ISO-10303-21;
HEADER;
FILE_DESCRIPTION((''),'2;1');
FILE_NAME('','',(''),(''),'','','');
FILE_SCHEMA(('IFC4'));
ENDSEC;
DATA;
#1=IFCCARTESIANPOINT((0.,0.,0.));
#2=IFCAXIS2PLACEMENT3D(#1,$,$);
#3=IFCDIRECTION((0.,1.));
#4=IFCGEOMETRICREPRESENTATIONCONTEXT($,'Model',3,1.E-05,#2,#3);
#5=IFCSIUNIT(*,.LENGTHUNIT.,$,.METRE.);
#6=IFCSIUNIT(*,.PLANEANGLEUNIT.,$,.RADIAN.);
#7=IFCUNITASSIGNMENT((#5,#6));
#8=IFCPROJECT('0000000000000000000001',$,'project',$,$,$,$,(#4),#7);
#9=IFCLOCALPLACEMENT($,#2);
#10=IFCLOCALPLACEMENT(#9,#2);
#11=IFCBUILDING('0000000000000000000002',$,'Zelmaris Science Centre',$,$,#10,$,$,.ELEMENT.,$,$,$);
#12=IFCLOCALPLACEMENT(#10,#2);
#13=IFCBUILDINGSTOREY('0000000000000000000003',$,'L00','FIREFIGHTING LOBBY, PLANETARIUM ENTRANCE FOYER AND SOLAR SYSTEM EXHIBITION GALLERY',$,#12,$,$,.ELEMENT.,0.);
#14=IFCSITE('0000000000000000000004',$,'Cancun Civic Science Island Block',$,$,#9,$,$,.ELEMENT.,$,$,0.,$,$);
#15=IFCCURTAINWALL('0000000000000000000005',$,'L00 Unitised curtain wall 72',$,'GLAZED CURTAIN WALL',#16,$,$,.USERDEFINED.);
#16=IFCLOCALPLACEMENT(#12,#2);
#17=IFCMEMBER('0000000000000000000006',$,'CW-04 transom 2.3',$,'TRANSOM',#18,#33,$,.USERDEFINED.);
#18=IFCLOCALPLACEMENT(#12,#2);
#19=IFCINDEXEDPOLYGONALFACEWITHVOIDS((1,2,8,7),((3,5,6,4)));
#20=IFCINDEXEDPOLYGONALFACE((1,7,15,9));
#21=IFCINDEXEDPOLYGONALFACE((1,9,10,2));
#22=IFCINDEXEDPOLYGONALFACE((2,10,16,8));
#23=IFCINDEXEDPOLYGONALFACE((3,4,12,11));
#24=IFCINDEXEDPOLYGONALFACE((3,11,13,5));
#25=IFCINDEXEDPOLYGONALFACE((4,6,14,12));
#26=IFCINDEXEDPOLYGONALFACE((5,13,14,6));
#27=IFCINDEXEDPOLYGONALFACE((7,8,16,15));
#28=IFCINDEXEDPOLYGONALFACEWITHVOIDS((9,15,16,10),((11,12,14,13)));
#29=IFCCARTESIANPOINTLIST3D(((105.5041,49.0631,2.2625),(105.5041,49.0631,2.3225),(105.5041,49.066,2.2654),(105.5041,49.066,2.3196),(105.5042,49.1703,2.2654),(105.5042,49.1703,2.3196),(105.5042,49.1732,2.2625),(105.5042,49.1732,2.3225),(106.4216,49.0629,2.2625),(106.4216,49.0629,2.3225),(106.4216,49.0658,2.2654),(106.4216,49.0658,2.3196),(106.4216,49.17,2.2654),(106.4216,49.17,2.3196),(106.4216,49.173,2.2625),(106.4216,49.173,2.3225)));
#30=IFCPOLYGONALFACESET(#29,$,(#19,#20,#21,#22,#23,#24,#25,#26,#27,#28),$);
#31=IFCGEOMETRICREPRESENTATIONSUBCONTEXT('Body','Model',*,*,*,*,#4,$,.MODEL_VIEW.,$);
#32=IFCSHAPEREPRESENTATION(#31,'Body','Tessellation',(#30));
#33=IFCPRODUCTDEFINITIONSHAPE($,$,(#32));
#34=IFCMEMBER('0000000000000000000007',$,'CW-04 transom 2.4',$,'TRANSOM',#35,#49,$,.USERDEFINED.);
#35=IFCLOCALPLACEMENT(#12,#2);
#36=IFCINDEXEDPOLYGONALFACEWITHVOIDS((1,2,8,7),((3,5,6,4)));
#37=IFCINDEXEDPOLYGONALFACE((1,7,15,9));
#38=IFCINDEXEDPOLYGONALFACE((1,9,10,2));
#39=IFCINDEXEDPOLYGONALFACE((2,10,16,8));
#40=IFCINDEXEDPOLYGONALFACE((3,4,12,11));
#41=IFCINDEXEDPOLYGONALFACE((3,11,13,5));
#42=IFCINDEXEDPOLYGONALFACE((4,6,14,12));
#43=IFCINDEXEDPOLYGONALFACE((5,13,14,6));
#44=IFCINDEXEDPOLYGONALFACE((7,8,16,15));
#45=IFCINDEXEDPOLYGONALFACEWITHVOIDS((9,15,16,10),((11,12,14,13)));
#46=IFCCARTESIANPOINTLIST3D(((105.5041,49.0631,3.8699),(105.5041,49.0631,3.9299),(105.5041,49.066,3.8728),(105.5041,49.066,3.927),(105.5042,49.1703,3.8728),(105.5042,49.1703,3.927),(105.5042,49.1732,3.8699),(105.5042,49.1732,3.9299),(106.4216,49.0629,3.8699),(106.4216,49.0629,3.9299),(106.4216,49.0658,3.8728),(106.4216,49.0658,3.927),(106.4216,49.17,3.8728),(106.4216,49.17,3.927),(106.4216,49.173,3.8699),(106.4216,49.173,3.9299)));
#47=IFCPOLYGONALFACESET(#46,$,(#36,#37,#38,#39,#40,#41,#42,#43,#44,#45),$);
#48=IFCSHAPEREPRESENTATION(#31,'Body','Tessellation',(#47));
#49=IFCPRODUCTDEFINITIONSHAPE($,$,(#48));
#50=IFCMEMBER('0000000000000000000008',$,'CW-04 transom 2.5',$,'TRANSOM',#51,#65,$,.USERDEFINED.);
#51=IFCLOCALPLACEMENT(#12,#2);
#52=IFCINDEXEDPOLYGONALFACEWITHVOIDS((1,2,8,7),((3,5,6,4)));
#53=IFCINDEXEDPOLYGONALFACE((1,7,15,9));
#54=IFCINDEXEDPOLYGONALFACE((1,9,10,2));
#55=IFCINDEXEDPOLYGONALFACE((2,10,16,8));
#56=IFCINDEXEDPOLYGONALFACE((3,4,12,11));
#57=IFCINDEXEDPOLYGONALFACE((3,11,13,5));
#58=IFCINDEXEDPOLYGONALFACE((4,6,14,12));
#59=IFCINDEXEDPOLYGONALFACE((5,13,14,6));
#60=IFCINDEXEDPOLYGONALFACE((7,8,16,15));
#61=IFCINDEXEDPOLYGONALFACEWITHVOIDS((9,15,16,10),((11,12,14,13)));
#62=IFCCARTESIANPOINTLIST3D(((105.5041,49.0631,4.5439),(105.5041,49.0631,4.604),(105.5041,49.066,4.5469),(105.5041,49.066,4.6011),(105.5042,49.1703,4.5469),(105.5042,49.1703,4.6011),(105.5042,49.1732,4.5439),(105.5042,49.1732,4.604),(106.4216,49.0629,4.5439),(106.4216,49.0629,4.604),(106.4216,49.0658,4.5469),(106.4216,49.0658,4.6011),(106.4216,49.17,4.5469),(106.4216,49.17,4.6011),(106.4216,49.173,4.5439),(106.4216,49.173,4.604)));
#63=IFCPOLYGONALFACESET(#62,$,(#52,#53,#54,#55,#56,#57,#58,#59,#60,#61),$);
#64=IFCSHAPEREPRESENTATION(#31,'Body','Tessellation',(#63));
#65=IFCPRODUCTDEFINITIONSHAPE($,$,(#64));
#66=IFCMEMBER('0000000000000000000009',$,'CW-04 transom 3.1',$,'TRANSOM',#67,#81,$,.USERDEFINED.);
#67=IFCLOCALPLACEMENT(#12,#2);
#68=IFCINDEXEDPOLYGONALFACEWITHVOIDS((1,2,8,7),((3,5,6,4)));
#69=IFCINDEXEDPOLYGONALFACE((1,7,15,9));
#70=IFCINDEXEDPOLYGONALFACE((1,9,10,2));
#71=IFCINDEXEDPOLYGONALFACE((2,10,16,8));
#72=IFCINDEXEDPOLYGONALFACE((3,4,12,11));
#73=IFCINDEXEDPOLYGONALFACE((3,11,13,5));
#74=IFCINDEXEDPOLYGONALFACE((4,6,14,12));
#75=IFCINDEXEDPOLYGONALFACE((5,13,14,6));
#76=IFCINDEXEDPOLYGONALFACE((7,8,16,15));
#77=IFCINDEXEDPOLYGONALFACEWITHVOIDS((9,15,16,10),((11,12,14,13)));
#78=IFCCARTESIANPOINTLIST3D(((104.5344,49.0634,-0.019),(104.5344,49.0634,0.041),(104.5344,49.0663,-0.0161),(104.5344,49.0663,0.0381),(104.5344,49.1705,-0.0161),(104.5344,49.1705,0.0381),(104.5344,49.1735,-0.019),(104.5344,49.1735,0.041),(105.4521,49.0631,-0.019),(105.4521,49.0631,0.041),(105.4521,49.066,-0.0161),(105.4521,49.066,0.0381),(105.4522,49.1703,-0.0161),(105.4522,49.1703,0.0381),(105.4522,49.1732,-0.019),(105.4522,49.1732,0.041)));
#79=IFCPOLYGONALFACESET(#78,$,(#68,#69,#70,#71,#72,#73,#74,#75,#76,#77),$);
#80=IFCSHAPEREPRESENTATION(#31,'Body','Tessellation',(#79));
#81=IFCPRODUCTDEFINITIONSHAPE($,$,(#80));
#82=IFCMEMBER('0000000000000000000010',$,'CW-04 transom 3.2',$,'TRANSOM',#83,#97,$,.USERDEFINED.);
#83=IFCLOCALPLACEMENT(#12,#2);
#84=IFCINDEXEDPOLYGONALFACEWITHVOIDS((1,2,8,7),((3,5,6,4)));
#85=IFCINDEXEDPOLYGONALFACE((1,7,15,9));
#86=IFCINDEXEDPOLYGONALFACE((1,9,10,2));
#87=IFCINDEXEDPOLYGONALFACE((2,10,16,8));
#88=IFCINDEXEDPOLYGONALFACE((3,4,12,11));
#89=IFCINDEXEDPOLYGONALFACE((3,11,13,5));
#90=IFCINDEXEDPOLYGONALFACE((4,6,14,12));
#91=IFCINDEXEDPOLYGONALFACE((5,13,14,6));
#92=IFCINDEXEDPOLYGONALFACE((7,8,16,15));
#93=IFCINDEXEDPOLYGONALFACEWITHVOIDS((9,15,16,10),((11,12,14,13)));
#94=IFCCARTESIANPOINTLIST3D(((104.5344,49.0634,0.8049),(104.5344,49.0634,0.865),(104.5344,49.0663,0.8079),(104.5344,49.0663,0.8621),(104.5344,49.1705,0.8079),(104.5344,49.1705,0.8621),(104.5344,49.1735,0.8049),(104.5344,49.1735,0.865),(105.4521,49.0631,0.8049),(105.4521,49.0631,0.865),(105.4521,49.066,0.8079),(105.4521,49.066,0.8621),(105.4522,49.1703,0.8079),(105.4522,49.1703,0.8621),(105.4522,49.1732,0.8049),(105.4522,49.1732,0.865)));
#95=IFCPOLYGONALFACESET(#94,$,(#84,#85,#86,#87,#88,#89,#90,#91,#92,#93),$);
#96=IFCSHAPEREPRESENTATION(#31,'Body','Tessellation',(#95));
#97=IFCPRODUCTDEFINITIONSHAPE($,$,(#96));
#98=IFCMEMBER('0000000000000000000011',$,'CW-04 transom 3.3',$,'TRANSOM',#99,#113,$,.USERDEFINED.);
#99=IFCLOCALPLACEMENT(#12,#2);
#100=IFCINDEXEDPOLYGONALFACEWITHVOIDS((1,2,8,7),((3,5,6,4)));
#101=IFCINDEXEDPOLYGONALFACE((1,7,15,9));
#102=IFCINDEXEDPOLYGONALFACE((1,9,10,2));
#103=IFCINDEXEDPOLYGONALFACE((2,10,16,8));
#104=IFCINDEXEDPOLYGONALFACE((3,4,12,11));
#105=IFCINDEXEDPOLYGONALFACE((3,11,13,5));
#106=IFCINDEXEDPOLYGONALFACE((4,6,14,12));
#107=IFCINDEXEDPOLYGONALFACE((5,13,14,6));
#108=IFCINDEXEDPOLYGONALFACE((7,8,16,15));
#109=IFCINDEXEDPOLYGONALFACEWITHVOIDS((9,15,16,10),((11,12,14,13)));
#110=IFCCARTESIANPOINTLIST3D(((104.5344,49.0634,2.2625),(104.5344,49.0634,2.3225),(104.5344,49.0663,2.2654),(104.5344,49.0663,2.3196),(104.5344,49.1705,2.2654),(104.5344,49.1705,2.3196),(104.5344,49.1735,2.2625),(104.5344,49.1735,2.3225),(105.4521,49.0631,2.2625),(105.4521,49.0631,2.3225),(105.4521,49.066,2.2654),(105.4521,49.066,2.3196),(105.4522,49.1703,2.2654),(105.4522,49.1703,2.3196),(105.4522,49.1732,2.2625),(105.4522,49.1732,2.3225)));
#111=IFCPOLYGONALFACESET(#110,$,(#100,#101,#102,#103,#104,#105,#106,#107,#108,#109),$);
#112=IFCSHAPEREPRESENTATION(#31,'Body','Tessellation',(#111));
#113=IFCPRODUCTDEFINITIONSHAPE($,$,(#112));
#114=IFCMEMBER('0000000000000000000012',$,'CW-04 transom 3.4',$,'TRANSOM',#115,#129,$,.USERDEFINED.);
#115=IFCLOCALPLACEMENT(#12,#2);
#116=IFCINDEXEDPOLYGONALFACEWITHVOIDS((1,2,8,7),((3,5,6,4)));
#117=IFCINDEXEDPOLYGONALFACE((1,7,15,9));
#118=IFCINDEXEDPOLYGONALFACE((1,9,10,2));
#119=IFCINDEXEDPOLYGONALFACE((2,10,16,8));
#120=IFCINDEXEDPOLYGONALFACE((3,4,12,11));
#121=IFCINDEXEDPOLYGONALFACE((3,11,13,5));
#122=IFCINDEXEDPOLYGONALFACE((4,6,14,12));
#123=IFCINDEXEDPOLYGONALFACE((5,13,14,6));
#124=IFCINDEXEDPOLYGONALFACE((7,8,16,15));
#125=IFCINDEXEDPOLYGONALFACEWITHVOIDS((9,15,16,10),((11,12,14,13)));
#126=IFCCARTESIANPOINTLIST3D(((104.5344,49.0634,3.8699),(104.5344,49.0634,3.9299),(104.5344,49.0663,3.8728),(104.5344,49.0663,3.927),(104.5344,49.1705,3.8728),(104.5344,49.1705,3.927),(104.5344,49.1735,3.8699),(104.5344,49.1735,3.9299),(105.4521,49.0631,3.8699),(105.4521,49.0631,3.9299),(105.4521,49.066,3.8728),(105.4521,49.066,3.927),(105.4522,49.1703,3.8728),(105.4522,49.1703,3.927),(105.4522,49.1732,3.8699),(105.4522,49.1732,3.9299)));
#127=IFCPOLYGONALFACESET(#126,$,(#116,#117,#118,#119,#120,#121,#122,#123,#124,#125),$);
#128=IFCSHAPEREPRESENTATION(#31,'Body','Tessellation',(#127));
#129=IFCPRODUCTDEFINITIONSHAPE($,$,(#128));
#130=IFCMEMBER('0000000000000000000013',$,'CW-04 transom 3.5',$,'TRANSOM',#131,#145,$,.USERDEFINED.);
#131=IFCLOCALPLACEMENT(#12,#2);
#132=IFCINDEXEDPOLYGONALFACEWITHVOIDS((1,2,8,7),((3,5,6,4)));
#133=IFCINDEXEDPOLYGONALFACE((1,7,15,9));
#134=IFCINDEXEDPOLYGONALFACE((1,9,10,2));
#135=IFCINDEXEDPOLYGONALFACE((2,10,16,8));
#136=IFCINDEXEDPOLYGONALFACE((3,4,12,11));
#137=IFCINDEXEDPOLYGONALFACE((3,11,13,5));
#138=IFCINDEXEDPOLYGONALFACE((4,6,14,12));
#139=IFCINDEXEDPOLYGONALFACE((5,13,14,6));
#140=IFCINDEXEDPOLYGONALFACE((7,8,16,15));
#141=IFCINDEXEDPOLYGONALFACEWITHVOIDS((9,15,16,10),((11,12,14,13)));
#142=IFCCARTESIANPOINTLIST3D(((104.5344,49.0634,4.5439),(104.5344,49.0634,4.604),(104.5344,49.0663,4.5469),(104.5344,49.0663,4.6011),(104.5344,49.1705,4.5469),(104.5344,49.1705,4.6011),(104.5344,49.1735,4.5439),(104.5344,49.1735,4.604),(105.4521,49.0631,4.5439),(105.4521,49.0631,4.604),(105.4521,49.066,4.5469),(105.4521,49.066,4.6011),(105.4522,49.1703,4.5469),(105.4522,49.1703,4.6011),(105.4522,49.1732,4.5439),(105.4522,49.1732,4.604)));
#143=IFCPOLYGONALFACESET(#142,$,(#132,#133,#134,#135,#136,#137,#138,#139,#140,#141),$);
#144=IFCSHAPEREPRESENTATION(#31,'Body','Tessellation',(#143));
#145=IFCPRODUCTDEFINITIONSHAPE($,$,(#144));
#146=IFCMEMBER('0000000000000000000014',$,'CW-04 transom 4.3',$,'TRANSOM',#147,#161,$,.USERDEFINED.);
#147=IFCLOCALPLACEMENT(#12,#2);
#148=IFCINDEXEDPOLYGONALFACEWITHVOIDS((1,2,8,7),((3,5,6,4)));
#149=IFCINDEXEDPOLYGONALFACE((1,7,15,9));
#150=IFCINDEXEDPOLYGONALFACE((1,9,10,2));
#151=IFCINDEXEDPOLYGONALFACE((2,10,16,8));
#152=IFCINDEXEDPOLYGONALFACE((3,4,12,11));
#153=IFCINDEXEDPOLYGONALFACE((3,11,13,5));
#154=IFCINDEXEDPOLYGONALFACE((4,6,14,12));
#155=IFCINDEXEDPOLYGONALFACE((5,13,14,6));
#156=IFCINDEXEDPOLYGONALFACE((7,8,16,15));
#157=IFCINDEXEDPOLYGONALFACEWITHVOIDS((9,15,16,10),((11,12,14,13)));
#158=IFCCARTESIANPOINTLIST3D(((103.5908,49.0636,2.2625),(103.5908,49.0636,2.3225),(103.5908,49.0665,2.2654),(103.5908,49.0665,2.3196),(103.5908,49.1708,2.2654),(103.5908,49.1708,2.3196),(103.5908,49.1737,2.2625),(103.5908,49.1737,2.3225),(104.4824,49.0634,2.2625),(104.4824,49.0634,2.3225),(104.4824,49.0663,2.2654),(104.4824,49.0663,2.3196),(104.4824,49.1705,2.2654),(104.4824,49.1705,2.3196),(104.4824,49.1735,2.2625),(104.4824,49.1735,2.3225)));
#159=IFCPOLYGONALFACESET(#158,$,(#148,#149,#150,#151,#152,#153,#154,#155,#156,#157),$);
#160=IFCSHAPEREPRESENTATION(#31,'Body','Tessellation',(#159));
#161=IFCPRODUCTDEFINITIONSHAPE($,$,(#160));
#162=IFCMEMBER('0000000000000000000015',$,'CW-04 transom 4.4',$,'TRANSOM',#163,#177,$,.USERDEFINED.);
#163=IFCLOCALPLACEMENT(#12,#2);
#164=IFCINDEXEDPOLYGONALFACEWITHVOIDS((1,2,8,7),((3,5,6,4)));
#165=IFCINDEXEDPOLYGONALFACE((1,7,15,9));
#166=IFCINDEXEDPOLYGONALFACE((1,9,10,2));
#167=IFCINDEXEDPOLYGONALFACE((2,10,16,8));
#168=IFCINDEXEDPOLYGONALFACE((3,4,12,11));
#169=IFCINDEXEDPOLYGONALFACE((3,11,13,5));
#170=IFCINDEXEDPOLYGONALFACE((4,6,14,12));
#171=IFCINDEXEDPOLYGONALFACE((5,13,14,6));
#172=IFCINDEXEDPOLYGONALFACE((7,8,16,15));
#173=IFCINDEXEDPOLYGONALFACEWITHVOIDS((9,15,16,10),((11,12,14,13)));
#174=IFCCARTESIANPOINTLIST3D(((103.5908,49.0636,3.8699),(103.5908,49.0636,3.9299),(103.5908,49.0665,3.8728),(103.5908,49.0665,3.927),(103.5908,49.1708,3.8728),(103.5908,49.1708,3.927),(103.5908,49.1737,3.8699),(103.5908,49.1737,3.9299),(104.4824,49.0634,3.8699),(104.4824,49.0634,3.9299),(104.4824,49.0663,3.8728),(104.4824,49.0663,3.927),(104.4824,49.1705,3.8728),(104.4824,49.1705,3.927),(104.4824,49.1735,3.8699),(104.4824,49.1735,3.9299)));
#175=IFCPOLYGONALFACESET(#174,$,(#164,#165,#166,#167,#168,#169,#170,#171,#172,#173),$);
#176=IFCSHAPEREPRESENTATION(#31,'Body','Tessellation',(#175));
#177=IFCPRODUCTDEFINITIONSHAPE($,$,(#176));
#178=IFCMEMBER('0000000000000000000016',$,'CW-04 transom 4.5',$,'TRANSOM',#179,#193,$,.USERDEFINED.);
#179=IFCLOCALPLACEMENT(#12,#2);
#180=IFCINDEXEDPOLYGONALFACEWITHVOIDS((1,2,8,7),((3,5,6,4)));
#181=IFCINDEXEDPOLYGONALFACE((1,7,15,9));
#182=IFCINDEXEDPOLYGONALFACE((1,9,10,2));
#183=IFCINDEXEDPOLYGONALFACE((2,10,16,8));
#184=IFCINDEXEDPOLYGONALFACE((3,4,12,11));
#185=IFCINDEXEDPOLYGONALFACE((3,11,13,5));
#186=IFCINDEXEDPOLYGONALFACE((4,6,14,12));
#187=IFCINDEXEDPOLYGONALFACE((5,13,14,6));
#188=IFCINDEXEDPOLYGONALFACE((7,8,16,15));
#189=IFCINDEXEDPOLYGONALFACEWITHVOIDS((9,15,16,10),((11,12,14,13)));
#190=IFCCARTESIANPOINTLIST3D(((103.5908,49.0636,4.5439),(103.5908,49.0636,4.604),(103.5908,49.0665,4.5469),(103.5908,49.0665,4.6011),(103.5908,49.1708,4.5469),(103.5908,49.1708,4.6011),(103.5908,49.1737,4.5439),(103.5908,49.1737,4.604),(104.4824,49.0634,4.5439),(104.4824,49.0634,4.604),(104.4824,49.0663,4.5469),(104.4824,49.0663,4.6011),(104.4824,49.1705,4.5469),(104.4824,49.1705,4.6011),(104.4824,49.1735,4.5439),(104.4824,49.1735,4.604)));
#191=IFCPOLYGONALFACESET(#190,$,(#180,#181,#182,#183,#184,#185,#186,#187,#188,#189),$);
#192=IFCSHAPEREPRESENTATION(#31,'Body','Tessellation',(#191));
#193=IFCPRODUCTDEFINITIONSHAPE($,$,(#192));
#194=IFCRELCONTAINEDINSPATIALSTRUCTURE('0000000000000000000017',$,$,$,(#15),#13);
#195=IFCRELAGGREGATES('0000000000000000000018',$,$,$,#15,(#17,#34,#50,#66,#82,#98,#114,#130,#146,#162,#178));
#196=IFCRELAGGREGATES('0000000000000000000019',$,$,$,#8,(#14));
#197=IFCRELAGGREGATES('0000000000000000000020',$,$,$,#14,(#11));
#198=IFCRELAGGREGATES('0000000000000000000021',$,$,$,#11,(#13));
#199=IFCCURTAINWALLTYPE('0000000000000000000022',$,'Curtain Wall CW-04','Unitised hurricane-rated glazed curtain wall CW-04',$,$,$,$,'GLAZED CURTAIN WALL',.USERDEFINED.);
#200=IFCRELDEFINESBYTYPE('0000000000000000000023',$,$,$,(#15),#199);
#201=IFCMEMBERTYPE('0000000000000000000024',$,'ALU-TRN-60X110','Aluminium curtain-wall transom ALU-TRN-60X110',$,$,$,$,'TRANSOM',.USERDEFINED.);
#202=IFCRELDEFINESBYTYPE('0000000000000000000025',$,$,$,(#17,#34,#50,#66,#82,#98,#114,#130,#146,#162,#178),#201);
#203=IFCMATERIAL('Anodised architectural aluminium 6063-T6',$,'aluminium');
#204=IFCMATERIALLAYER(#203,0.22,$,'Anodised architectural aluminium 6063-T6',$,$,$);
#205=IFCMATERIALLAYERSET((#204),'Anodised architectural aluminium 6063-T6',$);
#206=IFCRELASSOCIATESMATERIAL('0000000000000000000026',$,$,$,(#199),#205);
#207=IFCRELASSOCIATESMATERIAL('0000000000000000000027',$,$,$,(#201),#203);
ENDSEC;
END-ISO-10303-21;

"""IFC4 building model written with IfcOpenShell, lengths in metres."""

from ifc_helpers import new_model, si_unit, direction, frame, origin, origin_2d, place, context, subcontext, project, spatial, hollow_rectangle, extrude, material, layer, layer_set, material_profile, profile_set, type_object, element, aggregate, save


model = new_model("IFC4")

# Units and contexts
model_context = context("Model", 3, precision=1e-05, world=origin(), true_north=direction((0.0, 1.0)))
body_context = subcontext(model_context, "Body", "Model", "MODEL_VIEW")
ifc_project = project(units=[si_unit("LENGTHUNIT", "METRE"), si_unit("PLANEANGLEUNIT", "RADIAN")], contexts=[model_context])

# Site, building, storey
site_placement = place(None, origin())
site = spatial("IfcSite", under=ifc_project, at=site_placement, Name="Cancun Civic Science Island Block", CompositionType="ELEMENT", RefElevation=0.0)
building_placement = place(site_placement, origin())
building = spatial("IfcBuilding", under=site, at=building_placement, Name="Zelmaris Science Centre", CompositionType="ELEMENT")
storey_placement = place(building_placement, origin())
storey = spatial("IfcBuildingStorey", under=building, at=storey_placement, Name="L00", Description="FIREFIGHTING LOBBY, PLANETARIUM ENTRANCE FOYER AND SOLAR SYSTEM EXHIBITION GALLERY", CompositionType="ELEMENT", Elevation=0.0)

# Curtain wall, members
ifc_material_1 = material(Name="Anodised architectural aluminium 6063-T6", Category="aluminium")
ifc_layer_1 = layer(ifc_material_1, 0.22, Name="Anodised architectural aluminium 6063-T6")
ifc_layer_set_1 = layer_set([ifc_layer_1], Name="Anodised architectural aluminium 6063-T6")
curtain_wall_type = type_object("IfcCurtainWallType", Name="Curtain Wall CW-04", Description="Unitised hurricane-rated glazed curtain wall CW-04", ElementType="GLAZED CURTAIN WALL", PredefinedType="USERDEFINED", material=ifc_layer_set_1)
curtain_wall_placement = place(storey_placement, origin())
curtain_wall = element("IfcCurtainWall", 1, at=curtain_wall_placement, inside=storey, type_object=curtain_wall_type, Name="L00 Unitised curtain wall 72", ObjectType="GLAZED CURTAIN WALL", PredefinedType="USERDEFINED")
ifc_material_profile_1 = material_profile(ifc_material_1, hollow_rectangle(XDim=0.0601, YDim=0.1101, WallThickness=0.0029, at=origin_2d()), Name="ALU-TRN-60X110")
ifc_profile_set_1 = profile_set([ifc_material_profile_1], Name="Anodised architectural aluminium 6063-T6")
member_type_1 = type_object("IfcMemberType", Name="ALU-TRN-60X110", Description="Aluminium curtain-wall transom ALU-TRN-60X110", ElementType="TRANSOM", PredefinedType="USERDEFINED", material=ifc_profile_set_1)
member_1_placement = place(storey_placement, frame((106.4216, 49.1179, 2.2925), z_axis=(-1.0, 0.000266, 0.0), x_axis=(0.0, 0.0, 1.0)))
member_1 = element("IfcMember", 2, at=member_1_placement, type_object=member_type_1, Name="CW-04 transom 2.3", ObjectType="TRANSOM", PredefinedType="USERDEFINED", context=body_context, shape_type="SweptSolid", body=[
    extrude(hollow_rectangle(XDim=0.0601, YDim=0.1101, WallThickness=0.0029, at=origin_2d()), origin(), (0.0, 0.0, 1.0), 0.9175),
])
member_2_placement = place(storey_placement, frame((106.4216, 49.1179, 3.8999), z_axis=(-1.0, 0.000266, 0.0), x_axis=(0.0, 0.0, 1.0)))
member_2 = element("IfcMember", 3, at=member_2_placement, type_object=member_type_1, Name="CW-04 transom 2.4", ObjectType="TRANSOM", PredefinedType="USERDEFINED", context=body_context, shape_type="SweptSolid", body=[
    extrude(hollow_rectangle(XDim=0.0601, YDim=0.1101, WallThickness=0.0029, at=origin_2d()), origin(), (0.0, 0.0, 1.0), 0.9175),
])
member_3_placement = place(storey_placement, frame((106.4216, 49.1179, 4.574), z_axis=(-1.0, 0.000266, 0.0), x_axis=(0.0, 0.0, 1.0)))
member_3 = element("IfcMember", 4, at=member_3_placement, type_object=member_type_1, Name="CW-04 transom 2.5", ObjectType="TRANSOM", PredefinedType="USERDEFINED", context=body_context, shape_type="SweptSolid", body=[
    extrude(hollow_rectangle(XDim=0.0601, YDim=0.1101, WallThickness=0.0029, at=origin_2d()), origin(), (0.0, 0.0, 1.0), 0.9175),
])
member_4_placement = place(storey_placement, frame((105.4521, 49.1182, 0.011), z_axis=(-1.0, 0.000266, 0.0), x_axis=(0.0, 0.0, 1.0)))
member_4 = element("IfcMember", 5, at=member_4_placement, type_object=member_type_1, Name="CW-04 transom 3.1", ObjectType="TRANSOM", PredefinedType="USERDEFINED", context=body_context, shape_type="SweptSolid", body=[
    extrude(hollow_rectangle(XDim=0.0601, YDim=0.1101, WallThickness=0.0029, at=origin_2d()), origin(), (0.0, 0.0, 1.0), 0.9177),
])
member_5_placement = place(storey_placement, frame((105.4521, 49.1182, 0.835), z_axis=(-1.0, 0.000266, 0.0), x_axis=(0.0, 0.0, 1.0)))
member_5 = element("IfcMember", 6, at=member_5_placement, type_object=member_type_1, Name="CW-04 transom 3.2", ObjectType="TRANSOM", PredefinedType="USERDEFINED", context=body_context, shape_type="SweptSolid", body=[
    extrude(hollow_rectangle(XDim=0.0601, YDim=0.1101, WallThickness=0.0029, at=origin_2d()), origin(), (0.0, 0.0, 1.0), 0.9177),
])
member_6_placement = place(storey_placement, frame((105.4521, 49.1182, 2.2925), z_axis=(-1.0, 0.000266, 0.0), x_axis=(0.0, 0.0, 1.0)))
member_6 = element("IfcMember", 7, at=member_6_placement, type_object=member_type_1, Name="CW-04 transom 3.3", ObjectType="TRANSOM", PredefinedType="USERDEFINED", context=body_context, shape_type="SweptSolid", body=[
    extrude(hollow_rectangle(XDim=0.0601, YDim=0.1101, WallThickness=0.0029, at=origin_2d()), origin(), (0.0, 0.0, 1.0), 0.9177),
])
member_7_placement = place(storey_placement, frame((105.4521, 49.1182, 3.8999), z_axis=(-1.0, 0.000266, 0.0), x_axis=(0.0, 0.0, 1.0)))
member_7 = element("IfcMember", 8, at=member_7_placement, type_object=member_type_1, Name="CW-04 transom 3.4", ObjectType="TRANSOM", PredefinedType="USERDEFINED", context=body_context, shape_type="SweptSolid", body=[
    extrude(hollow_rectangle(XDim=0.0601, YDim=0.1101, WallThickness=0.0029, at=origin_2d()), origin(), (0.0, 0.0, 1.0), 0.9177),
])
member_8_placement = place(storey_placement, frame((105.4521, 49.1182, 4.574), z_axis=(-1.0, 0.000266, 0.0), x_axis=(0.0, 0.0, 1.0)))
member_8 = element("IfcMember", 9, at=member_8_placement, type_object=member_type_1, Name="CW-04 transom 3.5", ObjectType="TRANSOM", PredefinedType="USERDEFINED", context=body_context, shape_type="SweptSolid", body=[
    extrude(hollow_rectangle(XDim=0.0601, YDim=0.1101, WallThickness=0.0029, at=origin_2d()), origin(), (0.0, 0.0, 1.0), 0.9177),
])
member_9_placement = place(storey_placement, frame((104.4824, 49.1184, 2.2925), z_axis=(-1.0, 0.000274, 0.0), x_axis=(0.0, 0.0, 1.0)))
member_9 = element("IfcMember", 10, at=member_9_placement, type_object=member_type_1, Name="CW-04 transom 4.3", ObjectType="TRANSOM", PredefinedType="USERDEFINED", context=body_context, shape_type="SweptSolid", body=[
    extrude(hollow_rectangle(XDim=0.0601, YDim=0.1101, WallThickness=0.0029, at=origin_2d()), origin(), (0.0, 0.0, 1.0), 0.8916),
])
member_10_placement = place(storey_placement, frame((104.4824, 49.1184, 3.8999), z_axis=(-1.0, 0.000274, 0.0), x_axis=(0.0, 0.0, 1.0)))
member_10 = element("IfcMember", 11, at=member_10_placement, type_object=member_type_1, Name="CW-04 transom 4.4", ObjectType="TRANSOM", PredefinedType="USERDEFINED", context=body_context, shape_type="SweptSolid", body=[
    extrude(hollow_rectangle(XDim=0.0601, YDim=0.1101, WallThickness=0.0029, at=origin_2d()), origin(), (0.0, 0.0, 1.0), 0.8916),
])
member_11_placement = place(storey_placement, frame((104.4824, 49.1184, 4.574), z_axis=(-1.0, 0.000274, 0.0), x_axis=(0.0, 0.0, 1.0)))
member_11 = element("IfcMember", 12, at=member_11_placement, type_object=member_type_1, Name="CW-04 transom 4.5", ObjectType="TRANSOM", PredefinedType="USERDEFINED", context=body_context, shape_type="SweptSolid", body=[
    extrude(hollow_rectangle(XDim=0.0601, YDim=0.1101, WallThickness=0.0029, at=origin_2d()), origin(), (0.0, 0.0, 1.0), 0.8916),
])
aggregate(curtain_wall, [member_1, member_2, member_3, member_4, member_5, member_6, member_7, member_8, member_9, member_10, member_11])

save(model, "model.ifc")
